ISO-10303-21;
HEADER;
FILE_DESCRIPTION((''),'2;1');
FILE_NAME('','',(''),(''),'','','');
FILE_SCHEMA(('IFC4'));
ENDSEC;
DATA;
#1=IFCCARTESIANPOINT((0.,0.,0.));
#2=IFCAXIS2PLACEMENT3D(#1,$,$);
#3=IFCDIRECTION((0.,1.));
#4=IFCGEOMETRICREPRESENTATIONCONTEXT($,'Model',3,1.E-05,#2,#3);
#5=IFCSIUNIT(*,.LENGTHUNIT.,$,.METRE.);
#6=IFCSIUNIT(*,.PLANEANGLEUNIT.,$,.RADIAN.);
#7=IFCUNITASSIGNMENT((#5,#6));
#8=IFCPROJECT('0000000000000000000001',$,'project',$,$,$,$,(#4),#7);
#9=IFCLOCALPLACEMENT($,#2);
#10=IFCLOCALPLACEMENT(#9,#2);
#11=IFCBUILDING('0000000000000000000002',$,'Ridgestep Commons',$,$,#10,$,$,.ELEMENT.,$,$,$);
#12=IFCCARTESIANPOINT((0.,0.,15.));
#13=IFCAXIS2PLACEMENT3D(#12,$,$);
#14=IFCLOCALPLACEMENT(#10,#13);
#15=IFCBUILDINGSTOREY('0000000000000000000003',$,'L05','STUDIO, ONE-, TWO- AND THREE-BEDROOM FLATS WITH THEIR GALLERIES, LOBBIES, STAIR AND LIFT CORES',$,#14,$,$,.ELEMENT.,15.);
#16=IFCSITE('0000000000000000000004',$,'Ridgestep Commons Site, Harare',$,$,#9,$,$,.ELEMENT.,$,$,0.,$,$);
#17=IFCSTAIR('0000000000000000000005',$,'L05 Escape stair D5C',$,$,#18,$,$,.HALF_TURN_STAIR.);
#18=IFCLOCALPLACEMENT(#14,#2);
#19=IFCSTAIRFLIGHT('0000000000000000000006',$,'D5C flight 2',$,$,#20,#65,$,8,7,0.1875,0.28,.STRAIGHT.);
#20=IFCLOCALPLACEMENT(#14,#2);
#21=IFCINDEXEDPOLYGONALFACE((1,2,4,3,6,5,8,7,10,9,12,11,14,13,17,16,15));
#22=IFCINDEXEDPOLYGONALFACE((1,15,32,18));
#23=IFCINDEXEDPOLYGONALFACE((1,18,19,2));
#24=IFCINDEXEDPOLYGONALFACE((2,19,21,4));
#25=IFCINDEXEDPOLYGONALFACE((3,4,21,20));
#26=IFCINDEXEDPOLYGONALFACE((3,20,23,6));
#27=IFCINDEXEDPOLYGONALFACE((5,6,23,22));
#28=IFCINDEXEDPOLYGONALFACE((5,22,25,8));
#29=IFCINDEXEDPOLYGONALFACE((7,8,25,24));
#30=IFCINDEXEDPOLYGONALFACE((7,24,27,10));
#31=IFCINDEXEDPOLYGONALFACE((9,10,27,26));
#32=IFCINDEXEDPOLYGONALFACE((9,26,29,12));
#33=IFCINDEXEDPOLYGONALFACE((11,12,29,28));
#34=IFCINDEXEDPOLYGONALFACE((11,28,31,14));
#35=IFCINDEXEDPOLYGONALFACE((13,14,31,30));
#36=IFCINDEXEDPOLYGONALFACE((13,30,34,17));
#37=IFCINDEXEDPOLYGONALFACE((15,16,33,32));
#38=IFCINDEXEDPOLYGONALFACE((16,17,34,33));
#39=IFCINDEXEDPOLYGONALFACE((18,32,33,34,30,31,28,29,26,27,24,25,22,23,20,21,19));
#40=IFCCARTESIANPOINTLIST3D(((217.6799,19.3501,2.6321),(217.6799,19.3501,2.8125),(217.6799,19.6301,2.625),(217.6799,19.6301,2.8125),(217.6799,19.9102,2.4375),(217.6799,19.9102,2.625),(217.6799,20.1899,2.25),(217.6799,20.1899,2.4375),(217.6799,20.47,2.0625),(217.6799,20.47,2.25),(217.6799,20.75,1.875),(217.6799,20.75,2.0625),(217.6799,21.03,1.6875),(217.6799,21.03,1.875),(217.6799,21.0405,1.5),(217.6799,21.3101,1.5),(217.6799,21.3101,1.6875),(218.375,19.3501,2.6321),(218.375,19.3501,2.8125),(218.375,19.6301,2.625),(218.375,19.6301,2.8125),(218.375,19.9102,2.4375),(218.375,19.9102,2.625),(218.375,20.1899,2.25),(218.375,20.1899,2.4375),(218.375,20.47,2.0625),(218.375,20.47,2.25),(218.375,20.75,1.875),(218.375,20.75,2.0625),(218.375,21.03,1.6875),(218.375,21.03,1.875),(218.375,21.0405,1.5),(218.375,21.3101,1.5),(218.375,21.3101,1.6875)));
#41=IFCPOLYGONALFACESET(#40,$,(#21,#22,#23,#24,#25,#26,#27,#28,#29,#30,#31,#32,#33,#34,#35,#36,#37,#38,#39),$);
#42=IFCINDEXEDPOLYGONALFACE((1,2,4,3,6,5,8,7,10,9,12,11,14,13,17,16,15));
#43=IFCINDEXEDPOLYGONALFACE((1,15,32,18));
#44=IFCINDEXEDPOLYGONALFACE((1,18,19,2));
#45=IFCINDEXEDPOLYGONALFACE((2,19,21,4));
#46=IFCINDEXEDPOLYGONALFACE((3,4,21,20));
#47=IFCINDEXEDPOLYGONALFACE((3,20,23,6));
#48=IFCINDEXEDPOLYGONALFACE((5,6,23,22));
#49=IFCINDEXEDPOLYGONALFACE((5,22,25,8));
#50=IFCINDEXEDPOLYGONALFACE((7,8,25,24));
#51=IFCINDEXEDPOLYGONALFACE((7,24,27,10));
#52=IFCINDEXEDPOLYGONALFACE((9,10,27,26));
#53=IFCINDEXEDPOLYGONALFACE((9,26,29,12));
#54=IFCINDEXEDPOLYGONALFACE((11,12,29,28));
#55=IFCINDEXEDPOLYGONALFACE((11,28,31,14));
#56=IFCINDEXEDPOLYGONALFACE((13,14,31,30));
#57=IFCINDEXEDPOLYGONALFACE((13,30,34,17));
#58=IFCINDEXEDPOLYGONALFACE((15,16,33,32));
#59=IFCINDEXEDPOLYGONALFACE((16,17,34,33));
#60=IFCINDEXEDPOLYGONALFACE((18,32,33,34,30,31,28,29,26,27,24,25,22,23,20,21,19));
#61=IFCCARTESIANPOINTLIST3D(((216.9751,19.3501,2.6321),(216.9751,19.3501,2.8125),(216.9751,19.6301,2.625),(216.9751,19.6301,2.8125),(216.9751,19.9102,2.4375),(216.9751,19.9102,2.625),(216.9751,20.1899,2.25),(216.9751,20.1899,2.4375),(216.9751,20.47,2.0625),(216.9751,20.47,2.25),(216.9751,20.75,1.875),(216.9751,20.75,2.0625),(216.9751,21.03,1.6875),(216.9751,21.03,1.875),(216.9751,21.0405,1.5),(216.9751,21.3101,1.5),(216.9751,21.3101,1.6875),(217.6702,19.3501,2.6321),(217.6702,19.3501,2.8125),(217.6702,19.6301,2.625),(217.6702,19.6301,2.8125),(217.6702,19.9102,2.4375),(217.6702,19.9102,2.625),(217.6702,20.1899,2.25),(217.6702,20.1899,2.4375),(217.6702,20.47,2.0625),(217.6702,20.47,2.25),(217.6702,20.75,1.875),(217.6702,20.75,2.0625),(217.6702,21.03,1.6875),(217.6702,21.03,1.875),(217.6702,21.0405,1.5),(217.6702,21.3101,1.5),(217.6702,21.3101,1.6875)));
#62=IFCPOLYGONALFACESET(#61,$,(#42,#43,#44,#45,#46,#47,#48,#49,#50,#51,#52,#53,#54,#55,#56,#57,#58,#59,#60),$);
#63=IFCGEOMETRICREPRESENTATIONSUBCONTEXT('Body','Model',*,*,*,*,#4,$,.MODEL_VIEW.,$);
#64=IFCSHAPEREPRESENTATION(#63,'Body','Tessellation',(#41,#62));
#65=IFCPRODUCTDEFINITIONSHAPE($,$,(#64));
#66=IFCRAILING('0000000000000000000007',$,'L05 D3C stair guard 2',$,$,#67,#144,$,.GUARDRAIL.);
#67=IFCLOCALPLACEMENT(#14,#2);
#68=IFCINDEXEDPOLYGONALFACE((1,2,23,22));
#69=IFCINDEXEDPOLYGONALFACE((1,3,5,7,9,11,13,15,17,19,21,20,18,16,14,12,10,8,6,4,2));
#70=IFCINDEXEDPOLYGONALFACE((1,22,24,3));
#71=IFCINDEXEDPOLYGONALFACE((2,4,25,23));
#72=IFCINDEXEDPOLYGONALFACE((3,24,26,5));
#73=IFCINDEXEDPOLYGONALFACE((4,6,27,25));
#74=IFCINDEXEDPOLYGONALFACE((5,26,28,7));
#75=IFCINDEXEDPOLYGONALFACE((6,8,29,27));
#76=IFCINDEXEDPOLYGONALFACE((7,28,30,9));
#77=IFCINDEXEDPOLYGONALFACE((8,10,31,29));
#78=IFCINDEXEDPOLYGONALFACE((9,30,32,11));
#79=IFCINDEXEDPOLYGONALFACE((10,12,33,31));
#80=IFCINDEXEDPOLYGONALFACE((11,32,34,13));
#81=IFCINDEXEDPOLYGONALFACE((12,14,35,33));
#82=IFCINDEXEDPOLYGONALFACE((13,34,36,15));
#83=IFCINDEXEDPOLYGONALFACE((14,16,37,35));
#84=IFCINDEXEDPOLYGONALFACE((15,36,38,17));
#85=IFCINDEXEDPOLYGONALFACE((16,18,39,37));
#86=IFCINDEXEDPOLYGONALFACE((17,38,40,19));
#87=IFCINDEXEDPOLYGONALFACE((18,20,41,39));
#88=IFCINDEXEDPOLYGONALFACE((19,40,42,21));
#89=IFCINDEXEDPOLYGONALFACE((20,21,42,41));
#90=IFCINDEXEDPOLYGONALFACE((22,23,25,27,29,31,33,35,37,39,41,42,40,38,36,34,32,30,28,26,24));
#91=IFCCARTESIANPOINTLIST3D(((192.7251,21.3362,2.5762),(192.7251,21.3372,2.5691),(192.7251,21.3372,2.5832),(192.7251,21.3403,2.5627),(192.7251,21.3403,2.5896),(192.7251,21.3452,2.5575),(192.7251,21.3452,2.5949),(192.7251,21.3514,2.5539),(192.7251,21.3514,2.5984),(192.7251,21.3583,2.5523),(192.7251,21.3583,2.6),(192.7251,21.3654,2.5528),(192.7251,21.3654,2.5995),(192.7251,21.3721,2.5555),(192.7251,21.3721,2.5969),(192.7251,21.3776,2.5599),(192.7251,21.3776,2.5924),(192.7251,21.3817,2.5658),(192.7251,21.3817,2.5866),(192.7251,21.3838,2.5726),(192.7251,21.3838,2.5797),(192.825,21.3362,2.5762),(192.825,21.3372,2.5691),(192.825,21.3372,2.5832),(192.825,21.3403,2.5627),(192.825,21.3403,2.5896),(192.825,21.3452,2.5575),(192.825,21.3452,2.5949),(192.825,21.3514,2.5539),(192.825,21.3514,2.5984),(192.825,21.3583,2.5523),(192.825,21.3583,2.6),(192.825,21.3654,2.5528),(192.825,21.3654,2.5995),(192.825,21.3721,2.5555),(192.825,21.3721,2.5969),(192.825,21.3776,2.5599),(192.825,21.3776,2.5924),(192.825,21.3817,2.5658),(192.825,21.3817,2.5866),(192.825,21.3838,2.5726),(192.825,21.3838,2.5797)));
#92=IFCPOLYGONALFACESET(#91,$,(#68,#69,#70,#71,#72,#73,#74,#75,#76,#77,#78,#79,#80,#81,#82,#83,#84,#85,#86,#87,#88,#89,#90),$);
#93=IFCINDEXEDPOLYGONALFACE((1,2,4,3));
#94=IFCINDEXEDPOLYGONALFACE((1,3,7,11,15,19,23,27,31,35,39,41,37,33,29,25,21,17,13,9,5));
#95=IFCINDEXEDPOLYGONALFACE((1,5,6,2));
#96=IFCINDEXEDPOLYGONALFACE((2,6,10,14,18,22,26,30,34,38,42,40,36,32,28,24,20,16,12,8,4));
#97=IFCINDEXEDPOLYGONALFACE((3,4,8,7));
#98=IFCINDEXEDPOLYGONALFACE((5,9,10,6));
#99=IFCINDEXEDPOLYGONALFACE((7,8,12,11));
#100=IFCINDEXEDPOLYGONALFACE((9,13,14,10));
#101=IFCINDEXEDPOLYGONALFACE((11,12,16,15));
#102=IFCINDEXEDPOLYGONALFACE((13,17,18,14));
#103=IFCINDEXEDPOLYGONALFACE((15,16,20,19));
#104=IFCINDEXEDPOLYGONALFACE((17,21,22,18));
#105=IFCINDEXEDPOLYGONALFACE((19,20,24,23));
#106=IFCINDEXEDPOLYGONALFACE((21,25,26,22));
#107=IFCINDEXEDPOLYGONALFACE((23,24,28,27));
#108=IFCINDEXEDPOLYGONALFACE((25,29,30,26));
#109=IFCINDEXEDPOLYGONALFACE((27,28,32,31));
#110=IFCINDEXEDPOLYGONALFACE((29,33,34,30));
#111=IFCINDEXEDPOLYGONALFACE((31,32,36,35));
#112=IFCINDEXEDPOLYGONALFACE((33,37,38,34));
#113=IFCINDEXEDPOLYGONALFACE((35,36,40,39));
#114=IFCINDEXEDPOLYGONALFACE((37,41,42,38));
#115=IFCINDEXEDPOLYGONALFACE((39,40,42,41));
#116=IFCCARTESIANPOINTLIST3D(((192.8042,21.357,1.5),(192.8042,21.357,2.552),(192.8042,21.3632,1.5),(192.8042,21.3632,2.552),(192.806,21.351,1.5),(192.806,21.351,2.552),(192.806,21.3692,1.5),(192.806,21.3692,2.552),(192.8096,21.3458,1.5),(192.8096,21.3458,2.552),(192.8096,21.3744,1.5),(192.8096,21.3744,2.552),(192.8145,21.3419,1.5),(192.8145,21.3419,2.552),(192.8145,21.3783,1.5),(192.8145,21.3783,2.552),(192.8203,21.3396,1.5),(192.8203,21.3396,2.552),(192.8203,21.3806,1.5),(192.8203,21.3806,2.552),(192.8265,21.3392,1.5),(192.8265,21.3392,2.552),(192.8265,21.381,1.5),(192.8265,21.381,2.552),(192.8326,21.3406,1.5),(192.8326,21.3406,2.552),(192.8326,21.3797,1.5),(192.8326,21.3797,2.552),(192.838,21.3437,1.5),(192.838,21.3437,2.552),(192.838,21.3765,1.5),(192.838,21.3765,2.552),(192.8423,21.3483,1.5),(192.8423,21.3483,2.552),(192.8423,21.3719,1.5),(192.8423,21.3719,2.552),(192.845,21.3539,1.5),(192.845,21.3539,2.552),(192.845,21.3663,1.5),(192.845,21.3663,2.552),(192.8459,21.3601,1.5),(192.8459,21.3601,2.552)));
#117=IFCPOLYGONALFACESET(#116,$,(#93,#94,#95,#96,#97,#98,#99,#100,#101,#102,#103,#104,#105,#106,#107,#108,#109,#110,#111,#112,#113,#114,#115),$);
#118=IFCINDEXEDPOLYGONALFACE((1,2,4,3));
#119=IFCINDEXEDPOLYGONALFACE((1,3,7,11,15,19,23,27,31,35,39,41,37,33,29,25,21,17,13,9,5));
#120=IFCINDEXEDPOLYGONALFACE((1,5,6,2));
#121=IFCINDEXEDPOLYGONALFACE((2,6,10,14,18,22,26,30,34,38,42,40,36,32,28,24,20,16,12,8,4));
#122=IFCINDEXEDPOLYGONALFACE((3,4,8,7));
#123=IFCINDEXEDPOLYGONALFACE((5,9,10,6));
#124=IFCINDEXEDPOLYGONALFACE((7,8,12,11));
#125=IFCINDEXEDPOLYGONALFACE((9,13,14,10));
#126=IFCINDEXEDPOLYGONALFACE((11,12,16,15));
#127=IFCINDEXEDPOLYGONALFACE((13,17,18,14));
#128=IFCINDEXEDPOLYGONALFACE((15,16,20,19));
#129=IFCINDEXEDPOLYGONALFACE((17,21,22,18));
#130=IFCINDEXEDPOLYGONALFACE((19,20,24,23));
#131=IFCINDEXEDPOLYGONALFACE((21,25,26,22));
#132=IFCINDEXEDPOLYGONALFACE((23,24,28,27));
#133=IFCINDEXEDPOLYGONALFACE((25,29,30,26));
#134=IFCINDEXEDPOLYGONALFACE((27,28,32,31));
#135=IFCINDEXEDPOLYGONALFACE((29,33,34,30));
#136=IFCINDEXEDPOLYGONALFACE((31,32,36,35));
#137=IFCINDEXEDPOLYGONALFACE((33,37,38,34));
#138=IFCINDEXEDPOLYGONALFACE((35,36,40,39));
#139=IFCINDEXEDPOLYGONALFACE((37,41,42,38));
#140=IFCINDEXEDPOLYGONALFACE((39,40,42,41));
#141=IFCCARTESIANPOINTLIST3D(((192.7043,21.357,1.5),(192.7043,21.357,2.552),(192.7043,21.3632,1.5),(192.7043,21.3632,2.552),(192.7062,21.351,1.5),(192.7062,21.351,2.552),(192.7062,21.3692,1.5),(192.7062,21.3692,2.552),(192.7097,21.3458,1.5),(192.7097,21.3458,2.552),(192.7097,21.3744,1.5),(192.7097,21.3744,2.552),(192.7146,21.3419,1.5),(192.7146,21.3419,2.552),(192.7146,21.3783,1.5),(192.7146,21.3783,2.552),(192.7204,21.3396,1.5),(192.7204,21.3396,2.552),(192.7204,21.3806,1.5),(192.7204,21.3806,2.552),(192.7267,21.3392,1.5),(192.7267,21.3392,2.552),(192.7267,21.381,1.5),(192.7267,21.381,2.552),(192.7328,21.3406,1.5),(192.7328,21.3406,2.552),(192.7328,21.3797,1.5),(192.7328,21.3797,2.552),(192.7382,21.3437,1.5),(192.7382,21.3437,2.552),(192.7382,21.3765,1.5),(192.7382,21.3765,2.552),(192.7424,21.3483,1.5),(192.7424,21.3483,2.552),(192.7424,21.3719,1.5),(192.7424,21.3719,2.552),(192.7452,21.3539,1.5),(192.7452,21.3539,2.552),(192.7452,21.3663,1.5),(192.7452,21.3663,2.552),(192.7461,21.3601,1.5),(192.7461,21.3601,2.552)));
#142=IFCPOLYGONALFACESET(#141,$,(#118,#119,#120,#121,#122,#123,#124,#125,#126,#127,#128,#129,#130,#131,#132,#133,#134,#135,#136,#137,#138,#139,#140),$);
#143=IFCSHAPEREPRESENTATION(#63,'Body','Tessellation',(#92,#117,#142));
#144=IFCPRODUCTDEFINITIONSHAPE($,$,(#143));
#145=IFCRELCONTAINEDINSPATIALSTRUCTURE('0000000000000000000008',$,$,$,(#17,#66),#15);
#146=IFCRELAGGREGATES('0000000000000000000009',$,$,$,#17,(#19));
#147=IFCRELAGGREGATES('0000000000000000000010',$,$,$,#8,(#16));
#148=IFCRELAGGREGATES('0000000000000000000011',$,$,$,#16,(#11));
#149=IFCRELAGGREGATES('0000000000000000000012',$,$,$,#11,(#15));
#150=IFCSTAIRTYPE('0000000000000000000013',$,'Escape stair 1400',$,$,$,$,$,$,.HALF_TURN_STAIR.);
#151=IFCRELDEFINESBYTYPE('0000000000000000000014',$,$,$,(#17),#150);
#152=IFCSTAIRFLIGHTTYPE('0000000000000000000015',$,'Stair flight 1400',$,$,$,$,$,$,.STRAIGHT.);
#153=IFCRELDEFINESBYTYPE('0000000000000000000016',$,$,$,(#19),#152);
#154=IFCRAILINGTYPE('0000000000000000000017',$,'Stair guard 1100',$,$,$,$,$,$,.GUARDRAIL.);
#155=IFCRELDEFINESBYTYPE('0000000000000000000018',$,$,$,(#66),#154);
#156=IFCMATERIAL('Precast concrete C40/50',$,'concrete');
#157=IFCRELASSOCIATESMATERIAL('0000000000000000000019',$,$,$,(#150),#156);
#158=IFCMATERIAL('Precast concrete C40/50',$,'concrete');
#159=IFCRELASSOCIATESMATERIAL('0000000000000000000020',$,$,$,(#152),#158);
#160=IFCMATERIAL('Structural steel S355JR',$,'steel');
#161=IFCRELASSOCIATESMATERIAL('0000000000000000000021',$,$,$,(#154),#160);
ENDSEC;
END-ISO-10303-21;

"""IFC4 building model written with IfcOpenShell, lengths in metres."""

from ifc_helpers import new_model, si_unit, direction, frame, origin, origin_2d, place, context, subcontext, project, spatial, polyline, circle, outline, extrude, material, type_object, element, aggregate, save


model = new_model("IFC4")

# Units and contexts
model_context = context("Model", 3, precision=1e-05, world=origin(), true_north=direction((0.0, 1.0)))
body_context = subcontext(model_context, "Body", "Model", "MODEL_VIEW")
ifc_project = project(units=[si_unit("LENGTHUNIT", "METRE"), si_unit("PLANEANGLEUNIT", "RADIAN")], contexts=[model_context])

# Site, building, storey
site_placement = place(None, origin())
site = spatial("IfcSite", under=ifc_project, at=site_placement, Name="Ridgestep Commons Site, Harare", CompositionType="ELEMENT", RefElevation=0.0)
building_placement = place(site_placement, origin())
building = spatial("IfcBuilding", under=site, at=building_placement, Name="Ridgestep Commons", CompositionType="ELEMENT")
storey_placement = place(building_placement, frame((0.0, 0.0, 15.0)))
storey = spatial("IfcBuildingStorey", under=building, at=storey_placement, Name="L05", Description="STUDIO, ONE-, TWO- AND THREE-BEDROOM FLATS WITH THEIR GALLERIES, LOBBIES, STAIR AND LIFT CORES", CompositionType="ELEMENT", Elevation=15.0)

# Shared definitions
ifc_material_1 = material(Name="Precast concrete C40/50", Category="concrete")
stair_type = type_object("IfcStairType", Name="Escape stair 1400", PredefinedType="HALF_TURN_STAIR", material=ifc_material_1)
ifc_material_2 = material(Name="Precast concrete C40/50", Category="concrete")
stair_flight_type = type_object("IfcStairFlightType", Name="Stair flight 1400", PredefinedType="STRAIGHT", material=ifc_material_2)

# Stair, stair flight
stair_1_placement = place(storey_placement, origin())
stair_1 = element("IfcStair", 1, at=stair_1_placement, inside=storey, type_object=stair_type, Name="L05 Escape stair D5C", PredefinedType="HALF_TURN_STAIR")
stair_flight_1_placement = place(storey_placement, frame((217.675, 21.3101, 1.5), z_axis=(0.0, 0.0, 1.0), x_axis=(0.0, -1.0, 0.0)))
stair_flight_1 = element("IfcStairFlight", 2, at=stair_flight_1_placement, type_object=stair_flight_type, Name="D5C flight 2", NumberOfRisers=8, NumberOfTreads=7, PredefinedType="STRAIGHT", RiserHeight=0.1875, TreadLength=0.28, context=body_context, shape_type="SweptSolid", body=[
    extrude(outline(polyline([(0.0, 0.0), (0.0, 0.1875), (0.28, 0.1875), (0.28, 0.375), (0.5601, 0.375), (0.5601, 0.5625), (0.8401, 0.5625), (0.8401, 0.75), (1.1201, 0.75), (1.1201, 0.9375), (1.3999, 0.9375), (1.3999, 1.125), (1.6799, 1.125), (1.6799, 1.3125), (1.96, 1.3125), (1.96, 1.5), (1.96, 1.1321), (0.2695, 0.0), (0.0, 0.0)])), frame((0.0, 0.7, 0.0), z_axis=(0.0, -1.0, 0.0), x_axis=(1.0, 0.0, 0.0)), (0.0, 0.0, 1.0), 0.6951),
    extrude(outline(polyline([(0.0, 0.0), (0.0, 0.1875), (0.28, 0.1875), (0.28, 0.375), (0.5601, 0.375), (0.5601, 0.5625), (0.8401, 0.5625), (0.8401, 0.75), (1.1201, 0.75), (1.1201, 0.9375), (1.3999, 0.9375), (1.3999, 1.125), (1.6799, 1.125), (1.6799, 1.3125), (1.96, 1.3125), (1.96, 1.5), (1.96, 1.1321), (0.2695, 0.0), (0.0, 0.0)])), frame((0.0, -0.0049, 0.0), z_axis=(0.0, -1.0, 0.0), x_axis=(1.0, 0.0, 0.0)), (0.0, 0.0, 1.0), 0.6951),
])
aggregate(stair_1, [stair_flight_1])

# Railing
ifc_material_3 = material(Name="Structural steel S355JR", Category="steel")
railing_type_1 = type_object("IfcRailingType", Name="Stair guard 1100", PredefinedType="GUARDRAIL", material=ifc_material_3)
railing_1_placement = place(storey_placement, frame((192.825, 21.3601, 1.5)))
element("IfcRailing", 3, at=railing_1_placement, inside=storey, type_object=railing_type_1, Name="L05 D3C stair guard 2", PredefinedType="GUARDRAIL", context=body_context, shape_type="SweptSolid", body=[
    extrude(circle(Radius=0.0239, at=origin_2d()), frame((0.0, 0.0, 1.0762), z_axis=(-1.0, 0.0, 0.0), x_axis=(0.0, -1.0, 0.0)), (0.0, 0.0, 1.0), 0.0999),
    extrude(circle(Radius=0.021, at=origin_2d()), origin(), (0.0, 0.0, 1.0), 1.052),
    extrude(circle(Radius=0.021, at=origin_2d()), frame((-0.0999, 0.0, 0.0)), (0.0, 0.0, 1.0), 1.052),
])

save(model, "model.ifc")
